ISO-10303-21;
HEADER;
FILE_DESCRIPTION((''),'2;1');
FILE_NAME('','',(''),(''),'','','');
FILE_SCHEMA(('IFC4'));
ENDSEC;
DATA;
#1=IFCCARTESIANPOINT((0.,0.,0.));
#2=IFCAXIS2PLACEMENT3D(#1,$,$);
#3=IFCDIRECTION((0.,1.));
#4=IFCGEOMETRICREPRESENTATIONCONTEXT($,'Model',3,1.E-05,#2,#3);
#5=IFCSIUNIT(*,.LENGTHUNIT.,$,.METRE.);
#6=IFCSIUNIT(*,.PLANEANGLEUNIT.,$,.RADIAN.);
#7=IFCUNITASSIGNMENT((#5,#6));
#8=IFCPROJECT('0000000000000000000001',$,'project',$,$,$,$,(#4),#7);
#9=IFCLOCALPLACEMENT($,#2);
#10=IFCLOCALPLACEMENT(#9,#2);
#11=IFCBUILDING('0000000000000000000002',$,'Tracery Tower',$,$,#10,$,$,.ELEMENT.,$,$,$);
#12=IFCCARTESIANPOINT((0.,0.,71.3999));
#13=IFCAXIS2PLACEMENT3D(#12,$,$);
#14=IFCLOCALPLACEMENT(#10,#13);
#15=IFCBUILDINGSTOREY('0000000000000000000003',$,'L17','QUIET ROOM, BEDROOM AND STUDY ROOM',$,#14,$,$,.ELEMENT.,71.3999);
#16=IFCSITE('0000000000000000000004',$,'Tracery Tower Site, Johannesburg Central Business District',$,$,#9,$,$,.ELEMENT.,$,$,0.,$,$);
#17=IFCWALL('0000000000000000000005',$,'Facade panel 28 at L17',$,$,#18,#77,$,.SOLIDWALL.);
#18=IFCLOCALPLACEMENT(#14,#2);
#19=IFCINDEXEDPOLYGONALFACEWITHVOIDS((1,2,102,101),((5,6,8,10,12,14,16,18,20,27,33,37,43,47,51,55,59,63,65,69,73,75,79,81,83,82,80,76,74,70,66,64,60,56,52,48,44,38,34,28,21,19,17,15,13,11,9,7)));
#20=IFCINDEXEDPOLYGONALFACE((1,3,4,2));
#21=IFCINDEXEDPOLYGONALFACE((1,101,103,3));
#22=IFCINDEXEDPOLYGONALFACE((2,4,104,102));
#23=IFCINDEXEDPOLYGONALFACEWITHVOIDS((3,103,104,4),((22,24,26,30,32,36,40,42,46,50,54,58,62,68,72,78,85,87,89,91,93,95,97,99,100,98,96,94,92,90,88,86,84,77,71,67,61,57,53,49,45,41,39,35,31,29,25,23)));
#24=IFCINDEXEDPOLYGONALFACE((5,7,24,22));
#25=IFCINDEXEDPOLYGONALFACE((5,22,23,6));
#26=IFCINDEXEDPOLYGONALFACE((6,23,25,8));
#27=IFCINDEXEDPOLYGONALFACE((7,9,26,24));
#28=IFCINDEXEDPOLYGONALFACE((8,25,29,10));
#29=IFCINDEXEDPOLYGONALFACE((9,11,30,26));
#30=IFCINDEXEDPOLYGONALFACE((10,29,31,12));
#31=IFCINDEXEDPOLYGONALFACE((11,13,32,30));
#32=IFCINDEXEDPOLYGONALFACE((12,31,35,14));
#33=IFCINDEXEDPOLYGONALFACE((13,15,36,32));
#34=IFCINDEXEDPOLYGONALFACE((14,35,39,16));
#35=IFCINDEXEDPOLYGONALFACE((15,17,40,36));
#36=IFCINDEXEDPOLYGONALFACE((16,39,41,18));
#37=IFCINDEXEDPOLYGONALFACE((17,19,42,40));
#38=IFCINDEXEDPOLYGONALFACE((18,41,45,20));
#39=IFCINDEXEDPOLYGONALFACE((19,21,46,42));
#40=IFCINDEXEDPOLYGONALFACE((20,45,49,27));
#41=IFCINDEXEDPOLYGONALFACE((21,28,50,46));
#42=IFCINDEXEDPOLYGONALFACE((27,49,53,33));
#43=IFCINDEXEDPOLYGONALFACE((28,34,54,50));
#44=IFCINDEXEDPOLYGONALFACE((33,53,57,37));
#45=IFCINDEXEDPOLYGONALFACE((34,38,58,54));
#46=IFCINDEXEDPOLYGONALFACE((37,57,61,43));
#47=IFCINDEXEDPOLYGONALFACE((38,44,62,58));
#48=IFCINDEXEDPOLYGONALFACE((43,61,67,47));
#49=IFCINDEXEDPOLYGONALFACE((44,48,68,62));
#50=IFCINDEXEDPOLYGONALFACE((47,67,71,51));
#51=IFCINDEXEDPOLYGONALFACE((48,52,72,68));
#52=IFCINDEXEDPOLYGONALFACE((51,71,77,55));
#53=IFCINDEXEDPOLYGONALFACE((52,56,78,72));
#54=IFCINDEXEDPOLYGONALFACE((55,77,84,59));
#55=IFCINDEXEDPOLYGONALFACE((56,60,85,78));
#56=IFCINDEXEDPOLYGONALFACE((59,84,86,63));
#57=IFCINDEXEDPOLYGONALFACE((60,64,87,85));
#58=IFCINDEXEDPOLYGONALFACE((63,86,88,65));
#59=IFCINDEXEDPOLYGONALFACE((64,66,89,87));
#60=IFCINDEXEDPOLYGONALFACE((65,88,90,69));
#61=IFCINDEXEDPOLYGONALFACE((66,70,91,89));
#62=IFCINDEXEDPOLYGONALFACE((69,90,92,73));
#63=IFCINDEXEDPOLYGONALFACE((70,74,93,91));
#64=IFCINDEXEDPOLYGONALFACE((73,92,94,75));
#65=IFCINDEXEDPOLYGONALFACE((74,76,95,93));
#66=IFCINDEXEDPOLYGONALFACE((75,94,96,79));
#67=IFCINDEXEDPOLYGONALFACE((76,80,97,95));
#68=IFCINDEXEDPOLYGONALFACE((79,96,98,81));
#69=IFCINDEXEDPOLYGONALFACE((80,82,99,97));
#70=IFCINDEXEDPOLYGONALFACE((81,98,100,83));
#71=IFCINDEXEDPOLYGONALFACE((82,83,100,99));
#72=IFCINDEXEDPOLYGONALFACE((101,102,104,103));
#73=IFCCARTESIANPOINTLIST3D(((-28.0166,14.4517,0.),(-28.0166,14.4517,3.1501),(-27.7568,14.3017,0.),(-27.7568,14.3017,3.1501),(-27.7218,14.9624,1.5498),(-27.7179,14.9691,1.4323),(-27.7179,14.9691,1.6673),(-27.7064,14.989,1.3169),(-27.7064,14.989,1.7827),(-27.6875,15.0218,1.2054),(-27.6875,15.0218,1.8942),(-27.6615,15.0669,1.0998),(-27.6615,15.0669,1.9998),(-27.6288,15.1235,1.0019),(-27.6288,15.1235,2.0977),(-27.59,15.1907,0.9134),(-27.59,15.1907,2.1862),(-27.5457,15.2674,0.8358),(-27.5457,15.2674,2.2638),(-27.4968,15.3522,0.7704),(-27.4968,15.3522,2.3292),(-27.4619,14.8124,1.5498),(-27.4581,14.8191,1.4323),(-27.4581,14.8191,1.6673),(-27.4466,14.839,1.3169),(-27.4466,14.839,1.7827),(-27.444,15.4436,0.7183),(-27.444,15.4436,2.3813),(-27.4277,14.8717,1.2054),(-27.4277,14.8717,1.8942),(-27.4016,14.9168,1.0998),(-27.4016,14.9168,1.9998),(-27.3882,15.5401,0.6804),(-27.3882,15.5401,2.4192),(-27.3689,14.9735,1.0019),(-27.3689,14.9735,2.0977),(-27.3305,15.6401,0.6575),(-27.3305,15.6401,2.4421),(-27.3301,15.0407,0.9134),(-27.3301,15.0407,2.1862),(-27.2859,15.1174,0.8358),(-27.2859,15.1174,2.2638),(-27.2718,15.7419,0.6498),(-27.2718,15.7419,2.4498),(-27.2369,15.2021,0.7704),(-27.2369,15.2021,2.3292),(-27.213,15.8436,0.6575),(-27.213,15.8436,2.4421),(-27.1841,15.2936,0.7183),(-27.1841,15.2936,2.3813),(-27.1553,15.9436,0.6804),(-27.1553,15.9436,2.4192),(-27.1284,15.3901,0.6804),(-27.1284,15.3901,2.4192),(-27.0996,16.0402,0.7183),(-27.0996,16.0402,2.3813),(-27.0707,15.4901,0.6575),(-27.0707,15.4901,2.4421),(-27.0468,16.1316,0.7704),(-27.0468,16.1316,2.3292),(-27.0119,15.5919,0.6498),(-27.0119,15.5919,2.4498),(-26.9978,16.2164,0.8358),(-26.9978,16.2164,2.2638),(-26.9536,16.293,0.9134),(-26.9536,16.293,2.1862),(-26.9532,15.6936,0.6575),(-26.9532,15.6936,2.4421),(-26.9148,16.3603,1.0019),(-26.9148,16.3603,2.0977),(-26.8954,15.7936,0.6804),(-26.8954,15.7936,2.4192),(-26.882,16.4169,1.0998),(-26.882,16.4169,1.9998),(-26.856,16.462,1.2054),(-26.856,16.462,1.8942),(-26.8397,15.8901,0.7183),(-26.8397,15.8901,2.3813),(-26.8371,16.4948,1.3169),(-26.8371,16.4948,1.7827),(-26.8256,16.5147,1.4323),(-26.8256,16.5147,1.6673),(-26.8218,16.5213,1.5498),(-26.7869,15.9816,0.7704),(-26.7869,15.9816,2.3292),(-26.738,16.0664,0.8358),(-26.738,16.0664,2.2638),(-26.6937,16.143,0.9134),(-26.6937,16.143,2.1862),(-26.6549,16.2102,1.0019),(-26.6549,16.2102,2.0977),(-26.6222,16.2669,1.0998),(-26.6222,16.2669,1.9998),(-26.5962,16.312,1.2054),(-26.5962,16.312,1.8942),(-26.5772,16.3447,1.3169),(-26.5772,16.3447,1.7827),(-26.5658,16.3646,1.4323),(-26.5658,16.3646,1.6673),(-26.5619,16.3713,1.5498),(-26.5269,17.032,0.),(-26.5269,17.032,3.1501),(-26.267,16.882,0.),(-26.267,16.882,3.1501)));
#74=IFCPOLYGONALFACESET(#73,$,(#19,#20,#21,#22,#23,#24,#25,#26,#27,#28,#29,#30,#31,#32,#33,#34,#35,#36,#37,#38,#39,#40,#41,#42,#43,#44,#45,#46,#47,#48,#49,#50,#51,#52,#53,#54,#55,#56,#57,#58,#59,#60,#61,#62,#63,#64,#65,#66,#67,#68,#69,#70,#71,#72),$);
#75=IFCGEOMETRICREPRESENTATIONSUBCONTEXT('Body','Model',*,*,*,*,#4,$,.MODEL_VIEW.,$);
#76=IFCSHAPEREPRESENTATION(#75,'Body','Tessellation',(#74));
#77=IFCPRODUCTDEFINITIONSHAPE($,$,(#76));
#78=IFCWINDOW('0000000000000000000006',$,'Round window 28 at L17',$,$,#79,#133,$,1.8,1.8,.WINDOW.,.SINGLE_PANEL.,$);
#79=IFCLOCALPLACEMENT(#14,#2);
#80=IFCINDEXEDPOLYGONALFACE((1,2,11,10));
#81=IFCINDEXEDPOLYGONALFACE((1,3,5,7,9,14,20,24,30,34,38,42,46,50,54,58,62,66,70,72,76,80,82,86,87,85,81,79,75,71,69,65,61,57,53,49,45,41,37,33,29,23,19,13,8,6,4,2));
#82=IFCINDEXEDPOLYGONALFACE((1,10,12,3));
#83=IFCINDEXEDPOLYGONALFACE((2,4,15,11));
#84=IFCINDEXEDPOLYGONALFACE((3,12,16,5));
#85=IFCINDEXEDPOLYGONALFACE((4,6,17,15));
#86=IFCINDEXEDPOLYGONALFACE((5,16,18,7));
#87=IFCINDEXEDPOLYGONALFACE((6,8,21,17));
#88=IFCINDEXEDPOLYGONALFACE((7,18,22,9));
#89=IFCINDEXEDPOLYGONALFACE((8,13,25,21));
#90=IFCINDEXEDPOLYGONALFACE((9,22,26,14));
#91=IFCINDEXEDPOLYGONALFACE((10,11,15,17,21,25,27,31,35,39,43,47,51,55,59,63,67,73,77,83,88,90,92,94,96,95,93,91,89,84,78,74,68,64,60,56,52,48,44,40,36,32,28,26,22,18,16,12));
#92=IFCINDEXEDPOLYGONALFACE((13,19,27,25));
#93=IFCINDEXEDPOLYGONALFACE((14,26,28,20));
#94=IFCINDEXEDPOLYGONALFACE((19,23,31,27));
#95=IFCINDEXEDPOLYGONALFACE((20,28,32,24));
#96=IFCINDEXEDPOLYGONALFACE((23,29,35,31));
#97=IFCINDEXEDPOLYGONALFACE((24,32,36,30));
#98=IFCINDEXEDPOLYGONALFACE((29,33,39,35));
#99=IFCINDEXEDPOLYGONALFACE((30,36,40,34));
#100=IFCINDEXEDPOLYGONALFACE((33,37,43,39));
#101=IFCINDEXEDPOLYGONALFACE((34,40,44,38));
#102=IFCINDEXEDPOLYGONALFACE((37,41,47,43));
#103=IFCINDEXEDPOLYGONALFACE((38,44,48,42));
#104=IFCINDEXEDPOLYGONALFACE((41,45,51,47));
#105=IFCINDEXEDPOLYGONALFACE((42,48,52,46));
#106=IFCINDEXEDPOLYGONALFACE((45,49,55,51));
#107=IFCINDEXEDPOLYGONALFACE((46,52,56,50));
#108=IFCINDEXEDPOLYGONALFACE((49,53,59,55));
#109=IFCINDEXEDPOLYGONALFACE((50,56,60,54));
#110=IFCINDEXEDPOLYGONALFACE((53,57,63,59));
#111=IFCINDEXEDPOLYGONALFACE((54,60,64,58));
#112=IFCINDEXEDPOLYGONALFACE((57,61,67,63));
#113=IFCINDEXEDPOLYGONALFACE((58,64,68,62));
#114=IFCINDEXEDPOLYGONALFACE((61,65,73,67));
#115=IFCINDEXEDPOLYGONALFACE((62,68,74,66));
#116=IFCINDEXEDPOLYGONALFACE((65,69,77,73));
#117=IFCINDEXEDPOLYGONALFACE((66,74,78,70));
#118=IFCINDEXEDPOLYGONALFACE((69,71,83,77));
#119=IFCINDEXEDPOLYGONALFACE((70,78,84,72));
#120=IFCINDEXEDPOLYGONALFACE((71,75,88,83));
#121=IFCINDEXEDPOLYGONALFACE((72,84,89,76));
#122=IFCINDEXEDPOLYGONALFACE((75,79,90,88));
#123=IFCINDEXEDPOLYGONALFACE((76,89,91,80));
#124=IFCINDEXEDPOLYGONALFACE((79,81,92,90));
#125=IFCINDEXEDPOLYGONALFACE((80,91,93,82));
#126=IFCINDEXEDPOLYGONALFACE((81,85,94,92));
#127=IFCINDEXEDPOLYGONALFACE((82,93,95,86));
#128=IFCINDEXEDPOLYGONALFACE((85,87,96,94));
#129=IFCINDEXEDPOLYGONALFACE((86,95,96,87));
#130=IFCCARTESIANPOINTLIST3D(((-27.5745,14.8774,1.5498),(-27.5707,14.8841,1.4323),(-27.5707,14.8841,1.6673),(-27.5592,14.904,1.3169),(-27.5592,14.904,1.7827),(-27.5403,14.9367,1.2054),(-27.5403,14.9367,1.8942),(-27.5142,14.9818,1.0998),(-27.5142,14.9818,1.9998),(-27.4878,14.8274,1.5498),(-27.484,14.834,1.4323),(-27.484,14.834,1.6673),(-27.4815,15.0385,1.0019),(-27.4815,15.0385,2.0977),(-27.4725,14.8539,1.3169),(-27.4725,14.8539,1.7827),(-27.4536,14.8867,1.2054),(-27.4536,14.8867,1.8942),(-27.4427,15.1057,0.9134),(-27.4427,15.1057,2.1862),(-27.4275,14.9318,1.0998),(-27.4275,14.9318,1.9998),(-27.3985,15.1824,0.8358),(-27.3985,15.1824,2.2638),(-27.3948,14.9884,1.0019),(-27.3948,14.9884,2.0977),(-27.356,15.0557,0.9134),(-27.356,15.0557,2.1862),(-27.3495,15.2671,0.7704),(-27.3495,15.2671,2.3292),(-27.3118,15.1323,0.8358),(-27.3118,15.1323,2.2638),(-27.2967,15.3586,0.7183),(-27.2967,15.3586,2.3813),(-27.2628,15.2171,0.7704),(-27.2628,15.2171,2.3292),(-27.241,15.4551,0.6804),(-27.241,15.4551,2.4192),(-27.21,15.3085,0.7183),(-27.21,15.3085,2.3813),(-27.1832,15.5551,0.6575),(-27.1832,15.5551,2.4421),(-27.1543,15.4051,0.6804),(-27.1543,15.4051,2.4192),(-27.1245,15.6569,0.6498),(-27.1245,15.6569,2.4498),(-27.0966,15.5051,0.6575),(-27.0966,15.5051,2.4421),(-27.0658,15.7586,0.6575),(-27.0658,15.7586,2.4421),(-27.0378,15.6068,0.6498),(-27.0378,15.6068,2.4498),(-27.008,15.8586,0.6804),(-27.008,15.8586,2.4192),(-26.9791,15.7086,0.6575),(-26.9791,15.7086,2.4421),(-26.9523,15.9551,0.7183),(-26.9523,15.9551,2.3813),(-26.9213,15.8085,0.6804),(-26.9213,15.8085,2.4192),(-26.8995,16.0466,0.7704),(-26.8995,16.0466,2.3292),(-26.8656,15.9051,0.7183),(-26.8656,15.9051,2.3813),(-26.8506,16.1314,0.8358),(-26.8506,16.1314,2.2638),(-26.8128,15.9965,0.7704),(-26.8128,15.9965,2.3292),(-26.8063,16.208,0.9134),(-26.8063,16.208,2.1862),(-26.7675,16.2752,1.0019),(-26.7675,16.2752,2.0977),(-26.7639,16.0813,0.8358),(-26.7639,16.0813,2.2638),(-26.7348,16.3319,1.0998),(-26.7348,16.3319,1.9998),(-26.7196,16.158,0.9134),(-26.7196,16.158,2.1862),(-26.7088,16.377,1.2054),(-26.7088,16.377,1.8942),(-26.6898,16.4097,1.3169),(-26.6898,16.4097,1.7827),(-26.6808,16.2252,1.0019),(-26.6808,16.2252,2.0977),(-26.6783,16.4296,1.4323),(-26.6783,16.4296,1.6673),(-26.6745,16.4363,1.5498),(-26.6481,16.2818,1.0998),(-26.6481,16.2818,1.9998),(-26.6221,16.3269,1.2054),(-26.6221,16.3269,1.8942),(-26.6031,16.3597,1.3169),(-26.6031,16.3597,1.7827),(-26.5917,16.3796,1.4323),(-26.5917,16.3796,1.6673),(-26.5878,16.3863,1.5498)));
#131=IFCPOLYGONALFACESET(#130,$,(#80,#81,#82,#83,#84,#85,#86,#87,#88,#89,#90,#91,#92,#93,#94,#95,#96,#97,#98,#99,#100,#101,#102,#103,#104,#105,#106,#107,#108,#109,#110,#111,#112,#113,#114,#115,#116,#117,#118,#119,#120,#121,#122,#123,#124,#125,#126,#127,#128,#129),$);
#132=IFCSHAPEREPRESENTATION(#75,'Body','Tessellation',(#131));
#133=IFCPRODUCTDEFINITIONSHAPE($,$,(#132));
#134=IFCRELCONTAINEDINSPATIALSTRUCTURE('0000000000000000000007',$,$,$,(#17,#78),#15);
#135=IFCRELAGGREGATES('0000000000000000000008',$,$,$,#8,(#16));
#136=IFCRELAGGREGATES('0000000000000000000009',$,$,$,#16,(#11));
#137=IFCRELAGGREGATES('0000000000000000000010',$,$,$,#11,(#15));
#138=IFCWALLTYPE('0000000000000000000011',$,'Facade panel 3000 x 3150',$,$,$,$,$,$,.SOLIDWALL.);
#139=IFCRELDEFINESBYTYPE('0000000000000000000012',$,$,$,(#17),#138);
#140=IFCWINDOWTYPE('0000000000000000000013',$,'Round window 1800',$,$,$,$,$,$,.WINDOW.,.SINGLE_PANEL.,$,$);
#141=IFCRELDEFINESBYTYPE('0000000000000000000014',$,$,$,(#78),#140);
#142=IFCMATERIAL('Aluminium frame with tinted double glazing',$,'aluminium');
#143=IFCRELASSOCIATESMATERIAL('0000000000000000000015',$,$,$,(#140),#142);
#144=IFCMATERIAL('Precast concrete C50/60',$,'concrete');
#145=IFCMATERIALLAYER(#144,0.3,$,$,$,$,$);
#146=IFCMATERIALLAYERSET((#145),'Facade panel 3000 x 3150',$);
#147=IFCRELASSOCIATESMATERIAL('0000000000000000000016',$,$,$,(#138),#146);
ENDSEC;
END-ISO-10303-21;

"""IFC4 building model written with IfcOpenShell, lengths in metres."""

from ifc_helpers import new_model, si_unit, direction, frame, frame_2d, origin, origin_2d, place, context, subcontext, project, spatial, rectangle, circle, extrude, material, layer, layer_set, type_object, element, fill, save


model = new_model("IFC4")

# Units and contexts
model_context = context("Model", 3, precision=1e-05, world=origin(), true_north=direction((0.0, 1.0)))
body_context = subcontext(model_context, "Body", "Model", "MODEL_VIEW")
ifc_project = project(units=[si_unit("LENGTHUNIT", "METRE"), si_unit("PLANEANGLEUNIT", "RADIAN")], contexts=[model_context])

# Site, building, storey
site_placement = place(None, origin())
site = spatial("IfcSite", under=ifc_project, at=site_placement, Name="Tracery Tower Site, Johannesburg Central Business District", CompositionType="ELEMENT", RefElevation=0.0)
building_placement = place(site_placement, origin())
building = spatial("IfcBuilding", under=site, at=building_placement, Name="Tracery Tower", CompositionType="ELEMENT")
storey_placement = place(building_placement, frame((0.0, 0.0, 71.3999)))
storey = spatial("IfcBuildingStorey", under=building, at=storey_placement, Name="L17", Description="QUIET ROOM, BEDROOM AND STUDY ROOM", CompositionType="ELEMENT", Elevation=71.3999)

# Wall, opening, window
ifc_material_1 = material(Name="Aluminium frame with tinted double glazing", Category="aluminium")
window_type = type_object("IfcWindowType", Name="Round window 1800", PartitioningType="SINGLE_PANEL", PredefinedType="WINDOW", material=ifc_material_1)
ifc_material_2 = material(Name="Precast concrete C50/60", Category="concrete")
ifc_layer_1 = layer(ifc_material_2, 0.3)
ifc_layer_set_1 = layer_set([ifc_layer_1], Name="Facade panel 3000 x 3150")
wall_type_1 = type_object("IfcWallType", Name="Facade panel 3000 x 3150", PredefinedType="SOLIDWALL", material=ifc_layer_set_1)
wall_1_placement = place(storey_placement, frame((-26.397, 16.957, 0.0), z_axis=(0.0, 0.0, 1.0), x_axis=(-0.499999, -0.866026, 0.0)))
wall_1 = element("IfcWall", 1, at=wall_1_placement, inside=storey, type_object=wall_type_1, Name="Facade panel 28 at L17", PredefinedType="SOLIDWALL", context=body_context, shape_type="SweptSolid", body=[
    extrude(rectangle(XDim=2.9795, YDim=0.3, at=frame_2d((1.4897, 0.0))), origin(), (0.0, 0.0, 1.0), 3.1501),
])
opening_1_placement = place(wall_1_placement, frame((1.4897, 0.0, 1.5498)))
opening_1 = element("IfcOpeningElement", 2, at=opening_1_placement, cuts=wall_1, PredefinedType="OPENING", context=body_context, shape_type="SweptSolid", body=[
    extrude(circle(Radius=0.9, at=origin_2d()), frame((0.0, 0.1599, 0.0), z_axis=(0.0, -1.0, 0.0), x_axis=(1.0, 0.0, 0.0)), (0.0, 0.0, 1.0), 0.3201),
])
window_1_placement = place(opening_1_placement, origin())
window_1 = element("IfcWindow", 3, at=window_1_placement, inside=storey, type_object=window_type, Name="Round window 28 at L17", OverallHeight=1.8, OverallWidth=1.8, PartitioningType="SINGLE_PANEL", PredefinedType="WINDOW", context=body_context, shape_type="SweptSolid", body=[
    extrude(circle(Radius=0.9, at=origin_2d()), frame((0.0, 0.1201, 0.0), z_axis=(0.0, -1.0, 0.0), x_axis=(1.0, 0.0, 0.0)), (0.0, 0.0, 1.0), 0.1001),
])
fill(opening_1, window_1)

save(model, "model.ifc")
